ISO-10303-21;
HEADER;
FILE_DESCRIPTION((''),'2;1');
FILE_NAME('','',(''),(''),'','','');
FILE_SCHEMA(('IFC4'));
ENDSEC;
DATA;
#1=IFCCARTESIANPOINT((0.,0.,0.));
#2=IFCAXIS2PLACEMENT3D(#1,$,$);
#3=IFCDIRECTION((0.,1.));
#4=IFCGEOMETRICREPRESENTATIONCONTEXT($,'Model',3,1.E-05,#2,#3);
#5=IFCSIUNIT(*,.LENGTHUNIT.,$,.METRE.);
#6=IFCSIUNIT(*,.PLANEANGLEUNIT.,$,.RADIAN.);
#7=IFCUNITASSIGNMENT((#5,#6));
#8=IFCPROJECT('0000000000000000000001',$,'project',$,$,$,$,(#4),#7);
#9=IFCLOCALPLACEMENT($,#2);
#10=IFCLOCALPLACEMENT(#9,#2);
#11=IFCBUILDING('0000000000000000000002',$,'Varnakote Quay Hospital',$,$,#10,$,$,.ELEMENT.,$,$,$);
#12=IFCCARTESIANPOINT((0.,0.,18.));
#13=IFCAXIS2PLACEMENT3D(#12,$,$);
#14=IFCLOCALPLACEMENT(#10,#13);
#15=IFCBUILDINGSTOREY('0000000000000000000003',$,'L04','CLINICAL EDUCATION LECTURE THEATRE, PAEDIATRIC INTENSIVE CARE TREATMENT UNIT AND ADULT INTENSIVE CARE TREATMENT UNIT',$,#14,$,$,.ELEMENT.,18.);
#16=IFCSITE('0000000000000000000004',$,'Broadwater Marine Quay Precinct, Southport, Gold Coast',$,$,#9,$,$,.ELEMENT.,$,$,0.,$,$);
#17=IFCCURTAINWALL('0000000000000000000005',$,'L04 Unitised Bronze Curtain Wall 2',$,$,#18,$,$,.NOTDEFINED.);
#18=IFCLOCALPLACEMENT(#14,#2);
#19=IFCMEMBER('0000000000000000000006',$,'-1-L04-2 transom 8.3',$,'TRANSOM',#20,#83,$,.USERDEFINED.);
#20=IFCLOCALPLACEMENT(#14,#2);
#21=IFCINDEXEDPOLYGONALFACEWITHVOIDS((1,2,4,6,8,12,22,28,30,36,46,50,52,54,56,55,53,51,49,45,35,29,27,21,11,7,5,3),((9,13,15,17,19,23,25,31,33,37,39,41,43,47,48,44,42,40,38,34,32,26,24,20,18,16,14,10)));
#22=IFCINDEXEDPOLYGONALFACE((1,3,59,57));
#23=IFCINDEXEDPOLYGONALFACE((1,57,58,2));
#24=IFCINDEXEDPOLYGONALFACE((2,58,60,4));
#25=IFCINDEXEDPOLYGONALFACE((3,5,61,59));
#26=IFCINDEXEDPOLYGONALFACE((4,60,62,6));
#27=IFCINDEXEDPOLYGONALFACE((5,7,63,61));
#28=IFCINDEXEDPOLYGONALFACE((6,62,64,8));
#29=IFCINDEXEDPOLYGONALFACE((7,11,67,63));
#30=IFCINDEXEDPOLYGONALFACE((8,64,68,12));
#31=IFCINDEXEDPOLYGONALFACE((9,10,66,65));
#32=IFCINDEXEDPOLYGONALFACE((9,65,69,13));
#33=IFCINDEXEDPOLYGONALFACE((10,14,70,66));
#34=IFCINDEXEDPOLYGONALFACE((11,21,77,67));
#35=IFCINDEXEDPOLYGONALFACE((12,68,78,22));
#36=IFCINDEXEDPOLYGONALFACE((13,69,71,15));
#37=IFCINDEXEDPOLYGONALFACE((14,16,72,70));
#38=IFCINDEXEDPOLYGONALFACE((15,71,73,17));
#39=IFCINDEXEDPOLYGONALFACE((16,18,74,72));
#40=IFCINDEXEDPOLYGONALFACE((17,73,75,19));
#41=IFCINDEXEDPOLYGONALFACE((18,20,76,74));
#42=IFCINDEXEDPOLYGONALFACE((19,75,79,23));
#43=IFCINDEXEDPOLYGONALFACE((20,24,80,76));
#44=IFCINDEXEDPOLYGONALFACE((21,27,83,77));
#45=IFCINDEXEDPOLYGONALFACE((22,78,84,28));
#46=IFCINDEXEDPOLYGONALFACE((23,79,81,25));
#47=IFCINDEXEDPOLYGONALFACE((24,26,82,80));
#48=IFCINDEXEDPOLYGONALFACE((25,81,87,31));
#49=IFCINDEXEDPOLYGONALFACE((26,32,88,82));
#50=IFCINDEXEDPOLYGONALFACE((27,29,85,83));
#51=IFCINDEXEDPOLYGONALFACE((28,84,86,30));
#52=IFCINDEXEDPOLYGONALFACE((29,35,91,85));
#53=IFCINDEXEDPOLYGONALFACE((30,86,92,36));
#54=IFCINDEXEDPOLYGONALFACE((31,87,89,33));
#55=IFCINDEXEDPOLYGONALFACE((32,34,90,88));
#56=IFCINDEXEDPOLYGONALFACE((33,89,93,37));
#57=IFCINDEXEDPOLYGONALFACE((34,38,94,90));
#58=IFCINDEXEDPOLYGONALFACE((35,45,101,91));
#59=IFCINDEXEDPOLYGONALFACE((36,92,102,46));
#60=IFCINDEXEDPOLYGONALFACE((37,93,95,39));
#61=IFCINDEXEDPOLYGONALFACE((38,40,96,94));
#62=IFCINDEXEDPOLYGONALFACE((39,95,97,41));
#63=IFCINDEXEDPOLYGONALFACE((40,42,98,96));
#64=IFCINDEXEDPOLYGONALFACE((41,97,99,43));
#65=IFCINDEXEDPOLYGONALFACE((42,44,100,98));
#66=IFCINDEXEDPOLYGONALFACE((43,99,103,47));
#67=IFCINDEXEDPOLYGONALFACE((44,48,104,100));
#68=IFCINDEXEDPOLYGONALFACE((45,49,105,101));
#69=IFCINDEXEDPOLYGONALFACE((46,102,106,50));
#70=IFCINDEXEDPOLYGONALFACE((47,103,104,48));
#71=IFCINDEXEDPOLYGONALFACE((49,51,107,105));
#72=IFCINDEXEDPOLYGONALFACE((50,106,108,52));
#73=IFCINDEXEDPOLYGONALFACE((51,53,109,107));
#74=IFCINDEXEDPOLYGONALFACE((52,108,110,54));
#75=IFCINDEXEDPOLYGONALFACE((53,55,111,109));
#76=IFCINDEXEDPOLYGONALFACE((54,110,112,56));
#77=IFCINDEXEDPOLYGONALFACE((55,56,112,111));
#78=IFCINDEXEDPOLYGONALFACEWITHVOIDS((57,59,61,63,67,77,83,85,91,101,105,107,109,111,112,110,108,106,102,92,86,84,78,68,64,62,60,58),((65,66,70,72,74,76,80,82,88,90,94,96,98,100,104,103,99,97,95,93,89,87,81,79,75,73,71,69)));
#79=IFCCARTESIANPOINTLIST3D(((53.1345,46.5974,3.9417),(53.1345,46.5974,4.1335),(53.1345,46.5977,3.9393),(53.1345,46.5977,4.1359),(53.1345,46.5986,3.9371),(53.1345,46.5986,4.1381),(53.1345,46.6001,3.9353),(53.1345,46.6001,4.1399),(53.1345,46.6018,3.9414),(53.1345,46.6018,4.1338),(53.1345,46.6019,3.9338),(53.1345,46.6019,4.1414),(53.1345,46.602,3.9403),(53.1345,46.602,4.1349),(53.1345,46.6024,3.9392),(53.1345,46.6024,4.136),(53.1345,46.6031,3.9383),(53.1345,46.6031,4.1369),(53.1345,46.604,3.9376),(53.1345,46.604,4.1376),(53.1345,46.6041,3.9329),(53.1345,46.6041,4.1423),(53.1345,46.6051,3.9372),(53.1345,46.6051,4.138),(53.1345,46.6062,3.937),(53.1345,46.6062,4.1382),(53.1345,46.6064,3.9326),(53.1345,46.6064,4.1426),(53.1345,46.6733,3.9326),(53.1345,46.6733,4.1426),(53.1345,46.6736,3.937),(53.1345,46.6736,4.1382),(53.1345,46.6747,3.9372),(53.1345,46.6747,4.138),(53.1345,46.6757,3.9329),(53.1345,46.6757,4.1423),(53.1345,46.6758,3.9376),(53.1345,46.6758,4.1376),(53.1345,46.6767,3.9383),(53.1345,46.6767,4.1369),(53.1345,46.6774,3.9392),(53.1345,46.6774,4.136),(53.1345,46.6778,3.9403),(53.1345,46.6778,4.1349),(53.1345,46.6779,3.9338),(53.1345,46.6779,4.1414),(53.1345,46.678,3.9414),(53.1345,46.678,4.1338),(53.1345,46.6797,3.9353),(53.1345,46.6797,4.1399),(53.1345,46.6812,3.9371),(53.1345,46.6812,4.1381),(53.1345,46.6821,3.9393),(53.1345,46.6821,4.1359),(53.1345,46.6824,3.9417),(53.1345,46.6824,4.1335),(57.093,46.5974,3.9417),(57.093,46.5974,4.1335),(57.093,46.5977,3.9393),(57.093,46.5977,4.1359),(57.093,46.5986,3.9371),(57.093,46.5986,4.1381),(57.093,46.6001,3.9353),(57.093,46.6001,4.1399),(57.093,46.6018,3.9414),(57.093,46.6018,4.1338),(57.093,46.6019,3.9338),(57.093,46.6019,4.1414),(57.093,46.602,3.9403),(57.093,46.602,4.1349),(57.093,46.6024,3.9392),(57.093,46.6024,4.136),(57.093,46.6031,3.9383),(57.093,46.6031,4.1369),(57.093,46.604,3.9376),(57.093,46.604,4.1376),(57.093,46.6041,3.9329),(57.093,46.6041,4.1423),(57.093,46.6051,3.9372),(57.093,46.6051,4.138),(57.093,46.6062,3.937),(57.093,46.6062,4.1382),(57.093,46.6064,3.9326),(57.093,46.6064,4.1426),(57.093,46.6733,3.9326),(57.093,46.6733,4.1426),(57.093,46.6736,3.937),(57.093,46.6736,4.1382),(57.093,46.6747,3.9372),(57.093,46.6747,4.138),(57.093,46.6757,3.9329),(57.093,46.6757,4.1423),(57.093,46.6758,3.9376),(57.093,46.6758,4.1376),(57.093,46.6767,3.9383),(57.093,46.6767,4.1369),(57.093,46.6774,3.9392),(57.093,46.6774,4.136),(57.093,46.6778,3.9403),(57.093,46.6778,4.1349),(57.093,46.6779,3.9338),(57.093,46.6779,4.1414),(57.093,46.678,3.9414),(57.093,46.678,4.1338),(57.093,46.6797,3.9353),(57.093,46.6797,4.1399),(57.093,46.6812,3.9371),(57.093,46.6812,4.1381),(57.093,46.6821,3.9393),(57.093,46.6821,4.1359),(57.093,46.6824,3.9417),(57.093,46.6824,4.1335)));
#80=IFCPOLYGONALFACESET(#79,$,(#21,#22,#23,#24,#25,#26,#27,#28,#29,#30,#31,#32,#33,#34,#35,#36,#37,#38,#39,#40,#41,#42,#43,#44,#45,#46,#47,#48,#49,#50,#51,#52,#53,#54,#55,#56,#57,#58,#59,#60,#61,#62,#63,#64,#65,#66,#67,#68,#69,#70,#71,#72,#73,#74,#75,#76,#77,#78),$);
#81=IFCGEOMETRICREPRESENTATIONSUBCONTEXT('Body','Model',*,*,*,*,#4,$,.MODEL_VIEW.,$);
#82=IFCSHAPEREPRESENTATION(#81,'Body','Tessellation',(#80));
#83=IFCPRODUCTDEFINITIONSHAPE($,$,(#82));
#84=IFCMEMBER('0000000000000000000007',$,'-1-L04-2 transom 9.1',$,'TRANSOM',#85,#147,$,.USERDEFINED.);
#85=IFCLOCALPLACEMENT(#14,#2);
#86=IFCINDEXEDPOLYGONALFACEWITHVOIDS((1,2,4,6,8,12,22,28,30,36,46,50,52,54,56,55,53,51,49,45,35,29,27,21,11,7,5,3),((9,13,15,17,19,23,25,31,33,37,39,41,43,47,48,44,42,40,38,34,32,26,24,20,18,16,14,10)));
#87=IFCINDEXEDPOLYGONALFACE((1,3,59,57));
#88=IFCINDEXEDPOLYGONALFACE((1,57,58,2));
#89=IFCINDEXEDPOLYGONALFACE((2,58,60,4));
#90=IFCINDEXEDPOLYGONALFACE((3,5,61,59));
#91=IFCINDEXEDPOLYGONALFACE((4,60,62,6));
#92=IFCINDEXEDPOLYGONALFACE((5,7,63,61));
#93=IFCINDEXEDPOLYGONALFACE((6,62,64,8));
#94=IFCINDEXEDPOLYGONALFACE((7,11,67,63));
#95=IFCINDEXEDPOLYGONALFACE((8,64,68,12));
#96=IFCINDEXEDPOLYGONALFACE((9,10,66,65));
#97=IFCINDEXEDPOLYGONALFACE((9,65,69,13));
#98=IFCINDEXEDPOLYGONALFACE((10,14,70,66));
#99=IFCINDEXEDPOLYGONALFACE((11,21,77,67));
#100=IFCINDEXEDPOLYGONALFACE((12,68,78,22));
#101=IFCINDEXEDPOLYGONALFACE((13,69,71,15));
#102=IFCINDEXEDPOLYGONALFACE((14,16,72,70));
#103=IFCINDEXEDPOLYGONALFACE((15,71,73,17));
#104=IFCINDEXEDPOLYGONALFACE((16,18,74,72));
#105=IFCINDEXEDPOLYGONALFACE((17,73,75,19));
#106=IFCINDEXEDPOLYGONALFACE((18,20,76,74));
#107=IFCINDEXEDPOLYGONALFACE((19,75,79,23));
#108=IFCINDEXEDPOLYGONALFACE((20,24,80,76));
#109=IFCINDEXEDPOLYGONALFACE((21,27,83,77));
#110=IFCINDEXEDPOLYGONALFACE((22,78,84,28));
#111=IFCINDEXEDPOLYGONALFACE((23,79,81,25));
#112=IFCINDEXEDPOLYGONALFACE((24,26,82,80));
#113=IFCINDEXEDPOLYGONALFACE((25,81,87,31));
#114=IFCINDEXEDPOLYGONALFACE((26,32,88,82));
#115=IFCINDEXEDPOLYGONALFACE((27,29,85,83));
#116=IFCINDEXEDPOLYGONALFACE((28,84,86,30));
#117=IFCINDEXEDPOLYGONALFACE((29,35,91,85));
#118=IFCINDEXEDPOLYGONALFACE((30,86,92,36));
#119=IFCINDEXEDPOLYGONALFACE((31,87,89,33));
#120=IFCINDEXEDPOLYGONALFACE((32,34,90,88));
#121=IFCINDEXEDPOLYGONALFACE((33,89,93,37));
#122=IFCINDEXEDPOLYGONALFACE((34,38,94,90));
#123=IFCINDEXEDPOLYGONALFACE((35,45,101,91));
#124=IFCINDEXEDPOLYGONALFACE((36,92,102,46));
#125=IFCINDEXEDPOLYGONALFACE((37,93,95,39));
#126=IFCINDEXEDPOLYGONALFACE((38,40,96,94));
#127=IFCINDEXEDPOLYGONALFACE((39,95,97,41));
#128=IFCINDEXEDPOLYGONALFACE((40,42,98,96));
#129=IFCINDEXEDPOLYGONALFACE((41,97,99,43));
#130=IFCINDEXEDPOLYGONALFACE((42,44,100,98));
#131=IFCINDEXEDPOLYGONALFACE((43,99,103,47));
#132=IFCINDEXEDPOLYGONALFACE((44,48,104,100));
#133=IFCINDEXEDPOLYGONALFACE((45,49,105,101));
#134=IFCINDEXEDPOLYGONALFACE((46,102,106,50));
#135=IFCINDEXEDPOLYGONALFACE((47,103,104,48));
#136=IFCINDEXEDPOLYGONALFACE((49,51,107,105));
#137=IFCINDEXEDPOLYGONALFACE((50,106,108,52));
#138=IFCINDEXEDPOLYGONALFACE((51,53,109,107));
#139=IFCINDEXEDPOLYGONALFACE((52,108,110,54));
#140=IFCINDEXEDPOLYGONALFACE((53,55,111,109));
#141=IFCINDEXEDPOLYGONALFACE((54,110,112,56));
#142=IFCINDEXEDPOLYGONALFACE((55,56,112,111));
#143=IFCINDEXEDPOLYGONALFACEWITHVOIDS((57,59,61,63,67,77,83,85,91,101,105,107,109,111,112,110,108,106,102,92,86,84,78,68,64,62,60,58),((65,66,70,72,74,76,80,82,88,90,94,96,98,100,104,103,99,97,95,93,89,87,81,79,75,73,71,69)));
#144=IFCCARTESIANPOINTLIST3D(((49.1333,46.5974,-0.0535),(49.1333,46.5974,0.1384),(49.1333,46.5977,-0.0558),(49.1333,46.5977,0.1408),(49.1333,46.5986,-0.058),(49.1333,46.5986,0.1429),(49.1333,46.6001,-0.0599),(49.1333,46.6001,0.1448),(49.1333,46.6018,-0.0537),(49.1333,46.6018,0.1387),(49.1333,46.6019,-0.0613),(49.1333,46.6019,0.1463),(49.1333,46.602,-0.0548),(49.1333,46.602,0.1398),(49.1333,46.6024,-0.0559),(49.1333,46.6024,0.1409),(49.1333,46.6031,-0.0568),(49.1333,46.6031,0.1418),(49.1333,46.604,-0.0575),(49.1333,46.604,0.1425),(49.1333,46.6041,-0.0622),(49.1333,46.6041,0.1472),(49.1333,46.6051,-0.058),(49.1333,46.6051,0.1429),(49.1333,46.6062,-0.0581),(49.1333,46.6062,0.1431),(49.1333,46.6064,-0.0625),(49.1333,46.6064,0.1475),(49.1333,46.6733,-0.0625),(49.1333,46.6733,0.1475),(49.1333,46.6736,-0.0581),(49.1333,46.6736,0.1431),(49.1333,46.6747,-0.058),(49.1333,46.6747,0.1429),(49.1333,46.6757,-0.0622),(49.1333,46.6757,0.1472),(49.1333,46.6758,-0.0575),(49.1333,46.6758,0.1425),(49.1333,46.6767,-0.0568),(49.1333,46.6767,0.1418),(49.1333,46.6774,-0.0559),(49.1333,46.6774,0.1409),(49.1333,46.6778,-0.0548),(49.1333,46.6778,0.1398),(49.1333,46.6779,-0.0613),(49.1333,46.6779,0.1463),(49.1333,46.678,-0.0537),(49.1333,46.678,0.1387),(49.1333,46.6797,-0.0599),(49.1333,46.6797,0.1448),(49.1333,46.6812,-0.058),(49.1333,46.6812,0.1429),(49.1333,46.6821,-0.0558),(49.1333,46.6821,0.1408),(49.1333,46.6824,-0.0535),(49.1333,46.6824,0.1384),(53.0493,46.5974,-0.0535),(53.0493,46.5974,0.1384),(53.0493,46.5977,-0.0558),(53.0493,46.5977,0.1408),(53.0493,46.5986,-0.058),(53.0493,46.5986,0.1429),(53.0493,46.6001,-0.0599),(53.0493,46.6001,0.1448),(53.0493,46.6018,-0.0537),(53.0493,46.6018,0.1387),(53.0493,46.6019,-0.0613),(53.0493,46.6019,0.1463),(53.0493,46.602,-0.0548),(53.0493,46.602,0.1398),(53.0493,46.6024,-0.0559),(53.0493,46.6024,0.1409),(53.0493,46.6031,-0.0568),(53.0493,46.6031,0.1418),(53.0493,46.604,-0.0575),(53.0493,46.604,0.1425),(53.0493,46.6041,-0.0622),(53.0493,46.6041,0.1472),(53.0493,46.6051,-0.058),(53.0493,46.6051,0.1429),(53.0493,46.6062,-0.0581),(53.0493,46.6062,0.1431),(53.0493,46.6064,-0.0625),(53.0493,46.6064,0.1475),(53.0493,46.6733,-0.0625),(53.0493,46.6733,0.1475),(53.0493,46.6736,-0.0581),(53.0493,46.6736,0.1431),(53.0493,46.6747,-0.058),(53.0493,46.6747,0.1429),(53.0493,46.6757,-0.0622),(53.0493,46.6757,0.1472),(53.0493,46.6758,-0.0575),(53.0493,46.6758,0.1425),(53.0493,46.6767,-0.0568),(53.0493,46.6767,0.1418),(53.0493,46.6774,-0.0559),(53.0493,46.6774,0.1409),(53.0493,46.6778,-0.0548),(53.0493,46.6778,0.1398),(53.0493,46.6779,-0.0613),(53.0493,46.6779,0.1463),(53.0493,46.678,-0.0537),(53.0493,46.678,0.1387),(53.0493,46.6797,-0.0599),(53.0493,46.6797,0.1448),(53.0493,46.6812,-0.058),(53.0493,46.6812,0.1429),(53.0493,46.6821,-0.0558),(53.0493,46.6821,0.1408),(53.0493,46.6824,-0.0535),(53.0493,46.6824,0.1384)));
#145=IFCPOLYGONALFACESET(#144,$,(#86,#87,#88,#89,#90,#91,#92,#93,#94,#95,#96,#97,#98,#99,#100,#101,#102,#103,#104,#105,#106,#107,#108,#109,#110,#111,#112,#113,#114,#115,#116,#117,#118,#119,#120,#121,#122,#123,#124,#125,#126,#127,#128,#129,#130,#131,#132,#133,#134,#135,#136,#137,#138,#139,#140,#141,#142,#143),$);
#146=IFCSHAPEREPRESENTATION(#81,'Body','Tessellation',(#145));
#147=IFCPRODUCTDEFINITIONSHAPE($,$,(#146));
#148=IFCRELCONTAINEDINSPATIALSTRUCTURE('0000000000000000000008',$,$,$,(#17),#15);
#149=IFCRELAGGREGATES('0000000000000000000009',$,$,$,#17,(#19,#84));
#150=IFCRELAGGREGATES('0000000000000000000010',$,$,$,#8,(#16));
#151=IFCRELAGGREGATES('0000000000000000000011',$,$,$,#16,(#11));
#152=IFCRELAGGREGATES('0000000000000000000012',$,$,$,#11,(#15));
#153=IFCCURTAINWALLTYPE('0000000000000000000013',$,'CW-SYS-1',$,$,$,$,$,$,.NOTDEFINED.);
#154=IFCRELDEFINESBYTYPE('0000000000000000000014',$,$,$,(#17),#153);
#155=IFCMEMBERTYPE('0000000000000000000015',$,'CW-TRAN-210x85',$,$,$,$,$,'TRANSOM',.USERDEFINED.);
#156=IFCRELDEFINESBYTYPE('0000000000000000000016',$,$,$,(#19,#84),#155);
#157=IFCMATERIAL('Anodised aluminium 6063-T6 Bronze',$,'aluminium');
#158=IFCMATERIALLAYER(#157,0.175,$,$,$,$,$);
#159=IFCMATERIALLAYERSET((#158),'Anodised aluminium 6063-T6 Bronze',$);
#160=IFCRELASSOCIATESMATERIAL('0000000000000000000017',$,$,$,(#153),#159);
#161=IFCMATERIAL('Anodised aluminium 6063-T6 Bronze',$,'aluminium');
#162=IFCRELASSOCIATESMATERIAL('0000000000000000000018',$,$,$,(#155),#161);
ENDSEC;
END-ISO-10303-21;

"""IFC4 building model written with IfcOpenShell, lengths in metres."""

from ifc_helpers import new_model, si_unit, direction, frame, origin, origin_2d, place, context, subcontext, project, spatial, hollow_rectangle, extrude, material, layer, layer_set, material_profile, profile_set, type_object, element, aggregate, save


model = new_model("IFC4")

# Units and contexts
model_context = context("Model", 3, precision=1e-05, world=origin(), true_north=direction((0.0, 1.0)))
body_context = subcontext(model_context, "Body", "Model", "MODEL_VIEW")
ifc_project = project(units=[si_unit("LENGTHUNIT", "METRE"), si_unit("PLANEANGLEUNIT", "RADIAN")], contexts=[model_context])

# Site, building, storey
site_placement = place(None, origin())
site = spatial("IfcSite", under=ifc_project, at=site_placement, Name="Broadwater Marine Quay Precinct, Southport, Gold Coast", CompositionType="ELEMENT", RefElevation=0.0)
building_placement = place(site_placement, origin())
building = spatial("IfcBuilding", under=site, at=building_placement, Name="Varnakote Quay Hospital", CompositionType="ELEMENT")
storey_placement = place(building_placement, frame((0.0, 0.0, 18.0)))
storey = spatial("IfcBuildingStorey", under=building, at=storey_placement, Name="L04", Description="CLINICAL EDUCATION LECTURE THEATRE, PAEDIATRIC INTENSIVE CARE TREATMENT UNIT AND ADULT INTENSIVE CARE TREATMENT UNIT", CompositionType="ELEMENT", Elevation=18.0)

# Curtain wall, members
ifc_material_1 = material(Name="Anodised aluminium 6063-T6 Bronze", Category="aluminium")
ifc_layer_1 = layer(ifc_material_1, 0.175)
ifc_layer_set_1 = layer_set([ifc_layer_1], Name="Anodised aluminium 6063-T6 Bronze")
curtain_wall_type = type_object("IfcCurtainWallType", Name="CW-SYS-1", PredefinedType="NOTDEFINED", material=ifc_layer_set_1)
curtain_wall_placement = place(storey_placement, origin())
curtain_wall = element("IfcCurtainWall", 1, at=curtain_wall_placement, inside=storey, type_object=curtain_wall_type, Name="L04 Unitised Bronze Curtain Wall 2", PredefinedType="NOTDEFINED")
ifc_material_2 = material(Name="Anodised aluminium 6063-T6 Bronze", Category="aluminium")
ifc_material_profile_1 = material_profile(ifc_material_2, hollow_rectangle(XDim=0.085, YDim=0.21, WallThickness=0.0044, InnerFilletRadius=0.0044, OuterFilletRadius=0.009, at=origin_2d()), Name="CW-TRAN-210x85")
ifc_profile_set_1 = profile_set([ifc_material_profile_1], Name="Anodised aluminium 6063-T6 Bronze")
member_type_1 = type_object("IfcMemberType", Name="CW-TRAN-210x85", ElementType="TRANSOM", PredefinedType="USERDEFINED", material=ifc_profile_set_1)
member_1_placement = place(storey_placement, frame((57.093, 46.6399, 4.0376), z_axis=(-1.0, 0.0, 0.0), x_axis=(0.0, -1.0, 0.0)))
member_1 = element("IfcMember", 2, at=member_1_placement, type_object=member_type_1, Name="-1-L04-2 transom 8.3", ObjectType="TRANSOM", PredefinedType="USERDEFINED", context=body_context, shape_type="SweptSolid", body=[
    extrude(hollow_rectangle(XDim=0.085, YDim=0.21, WallThickness=0.0044, InnerFilletRadius=0.0044, OuterFilletRadius=0.009, at=origin_2d()), origin(), (0.0, 0.0, 1.0), 3.9585),
])
member_2_placement = place(storey_placement, frame((53.0493, 46.6399, 0.0425), z_axis=(-1.0, 0.0, 0.0), x_axis=(0.0, -1.0, 0.0)))
member_2 = element("IfcMember", 3, at=member_2_placement, type_object=member_type_1, Name="-1-L04-2 transom 9.1", ObjectType="TRANSOM", PredefinedType="USERDEFINED", context=body_context, shape_type="SweptSolid", body=[
    extrude(hollow_rectangle(XDim=0.085, YDim=0.21, WallThickness=0.0044, InnerFilletRadius=0.0044, OuterFilletRadius=0.009, at=origin_2d()), origin(), (0.0, 0.0, 1.0), 3.916),
])

aggregate(curtain_wall, [member_1, member_2])

save(model, "model.ifc")
